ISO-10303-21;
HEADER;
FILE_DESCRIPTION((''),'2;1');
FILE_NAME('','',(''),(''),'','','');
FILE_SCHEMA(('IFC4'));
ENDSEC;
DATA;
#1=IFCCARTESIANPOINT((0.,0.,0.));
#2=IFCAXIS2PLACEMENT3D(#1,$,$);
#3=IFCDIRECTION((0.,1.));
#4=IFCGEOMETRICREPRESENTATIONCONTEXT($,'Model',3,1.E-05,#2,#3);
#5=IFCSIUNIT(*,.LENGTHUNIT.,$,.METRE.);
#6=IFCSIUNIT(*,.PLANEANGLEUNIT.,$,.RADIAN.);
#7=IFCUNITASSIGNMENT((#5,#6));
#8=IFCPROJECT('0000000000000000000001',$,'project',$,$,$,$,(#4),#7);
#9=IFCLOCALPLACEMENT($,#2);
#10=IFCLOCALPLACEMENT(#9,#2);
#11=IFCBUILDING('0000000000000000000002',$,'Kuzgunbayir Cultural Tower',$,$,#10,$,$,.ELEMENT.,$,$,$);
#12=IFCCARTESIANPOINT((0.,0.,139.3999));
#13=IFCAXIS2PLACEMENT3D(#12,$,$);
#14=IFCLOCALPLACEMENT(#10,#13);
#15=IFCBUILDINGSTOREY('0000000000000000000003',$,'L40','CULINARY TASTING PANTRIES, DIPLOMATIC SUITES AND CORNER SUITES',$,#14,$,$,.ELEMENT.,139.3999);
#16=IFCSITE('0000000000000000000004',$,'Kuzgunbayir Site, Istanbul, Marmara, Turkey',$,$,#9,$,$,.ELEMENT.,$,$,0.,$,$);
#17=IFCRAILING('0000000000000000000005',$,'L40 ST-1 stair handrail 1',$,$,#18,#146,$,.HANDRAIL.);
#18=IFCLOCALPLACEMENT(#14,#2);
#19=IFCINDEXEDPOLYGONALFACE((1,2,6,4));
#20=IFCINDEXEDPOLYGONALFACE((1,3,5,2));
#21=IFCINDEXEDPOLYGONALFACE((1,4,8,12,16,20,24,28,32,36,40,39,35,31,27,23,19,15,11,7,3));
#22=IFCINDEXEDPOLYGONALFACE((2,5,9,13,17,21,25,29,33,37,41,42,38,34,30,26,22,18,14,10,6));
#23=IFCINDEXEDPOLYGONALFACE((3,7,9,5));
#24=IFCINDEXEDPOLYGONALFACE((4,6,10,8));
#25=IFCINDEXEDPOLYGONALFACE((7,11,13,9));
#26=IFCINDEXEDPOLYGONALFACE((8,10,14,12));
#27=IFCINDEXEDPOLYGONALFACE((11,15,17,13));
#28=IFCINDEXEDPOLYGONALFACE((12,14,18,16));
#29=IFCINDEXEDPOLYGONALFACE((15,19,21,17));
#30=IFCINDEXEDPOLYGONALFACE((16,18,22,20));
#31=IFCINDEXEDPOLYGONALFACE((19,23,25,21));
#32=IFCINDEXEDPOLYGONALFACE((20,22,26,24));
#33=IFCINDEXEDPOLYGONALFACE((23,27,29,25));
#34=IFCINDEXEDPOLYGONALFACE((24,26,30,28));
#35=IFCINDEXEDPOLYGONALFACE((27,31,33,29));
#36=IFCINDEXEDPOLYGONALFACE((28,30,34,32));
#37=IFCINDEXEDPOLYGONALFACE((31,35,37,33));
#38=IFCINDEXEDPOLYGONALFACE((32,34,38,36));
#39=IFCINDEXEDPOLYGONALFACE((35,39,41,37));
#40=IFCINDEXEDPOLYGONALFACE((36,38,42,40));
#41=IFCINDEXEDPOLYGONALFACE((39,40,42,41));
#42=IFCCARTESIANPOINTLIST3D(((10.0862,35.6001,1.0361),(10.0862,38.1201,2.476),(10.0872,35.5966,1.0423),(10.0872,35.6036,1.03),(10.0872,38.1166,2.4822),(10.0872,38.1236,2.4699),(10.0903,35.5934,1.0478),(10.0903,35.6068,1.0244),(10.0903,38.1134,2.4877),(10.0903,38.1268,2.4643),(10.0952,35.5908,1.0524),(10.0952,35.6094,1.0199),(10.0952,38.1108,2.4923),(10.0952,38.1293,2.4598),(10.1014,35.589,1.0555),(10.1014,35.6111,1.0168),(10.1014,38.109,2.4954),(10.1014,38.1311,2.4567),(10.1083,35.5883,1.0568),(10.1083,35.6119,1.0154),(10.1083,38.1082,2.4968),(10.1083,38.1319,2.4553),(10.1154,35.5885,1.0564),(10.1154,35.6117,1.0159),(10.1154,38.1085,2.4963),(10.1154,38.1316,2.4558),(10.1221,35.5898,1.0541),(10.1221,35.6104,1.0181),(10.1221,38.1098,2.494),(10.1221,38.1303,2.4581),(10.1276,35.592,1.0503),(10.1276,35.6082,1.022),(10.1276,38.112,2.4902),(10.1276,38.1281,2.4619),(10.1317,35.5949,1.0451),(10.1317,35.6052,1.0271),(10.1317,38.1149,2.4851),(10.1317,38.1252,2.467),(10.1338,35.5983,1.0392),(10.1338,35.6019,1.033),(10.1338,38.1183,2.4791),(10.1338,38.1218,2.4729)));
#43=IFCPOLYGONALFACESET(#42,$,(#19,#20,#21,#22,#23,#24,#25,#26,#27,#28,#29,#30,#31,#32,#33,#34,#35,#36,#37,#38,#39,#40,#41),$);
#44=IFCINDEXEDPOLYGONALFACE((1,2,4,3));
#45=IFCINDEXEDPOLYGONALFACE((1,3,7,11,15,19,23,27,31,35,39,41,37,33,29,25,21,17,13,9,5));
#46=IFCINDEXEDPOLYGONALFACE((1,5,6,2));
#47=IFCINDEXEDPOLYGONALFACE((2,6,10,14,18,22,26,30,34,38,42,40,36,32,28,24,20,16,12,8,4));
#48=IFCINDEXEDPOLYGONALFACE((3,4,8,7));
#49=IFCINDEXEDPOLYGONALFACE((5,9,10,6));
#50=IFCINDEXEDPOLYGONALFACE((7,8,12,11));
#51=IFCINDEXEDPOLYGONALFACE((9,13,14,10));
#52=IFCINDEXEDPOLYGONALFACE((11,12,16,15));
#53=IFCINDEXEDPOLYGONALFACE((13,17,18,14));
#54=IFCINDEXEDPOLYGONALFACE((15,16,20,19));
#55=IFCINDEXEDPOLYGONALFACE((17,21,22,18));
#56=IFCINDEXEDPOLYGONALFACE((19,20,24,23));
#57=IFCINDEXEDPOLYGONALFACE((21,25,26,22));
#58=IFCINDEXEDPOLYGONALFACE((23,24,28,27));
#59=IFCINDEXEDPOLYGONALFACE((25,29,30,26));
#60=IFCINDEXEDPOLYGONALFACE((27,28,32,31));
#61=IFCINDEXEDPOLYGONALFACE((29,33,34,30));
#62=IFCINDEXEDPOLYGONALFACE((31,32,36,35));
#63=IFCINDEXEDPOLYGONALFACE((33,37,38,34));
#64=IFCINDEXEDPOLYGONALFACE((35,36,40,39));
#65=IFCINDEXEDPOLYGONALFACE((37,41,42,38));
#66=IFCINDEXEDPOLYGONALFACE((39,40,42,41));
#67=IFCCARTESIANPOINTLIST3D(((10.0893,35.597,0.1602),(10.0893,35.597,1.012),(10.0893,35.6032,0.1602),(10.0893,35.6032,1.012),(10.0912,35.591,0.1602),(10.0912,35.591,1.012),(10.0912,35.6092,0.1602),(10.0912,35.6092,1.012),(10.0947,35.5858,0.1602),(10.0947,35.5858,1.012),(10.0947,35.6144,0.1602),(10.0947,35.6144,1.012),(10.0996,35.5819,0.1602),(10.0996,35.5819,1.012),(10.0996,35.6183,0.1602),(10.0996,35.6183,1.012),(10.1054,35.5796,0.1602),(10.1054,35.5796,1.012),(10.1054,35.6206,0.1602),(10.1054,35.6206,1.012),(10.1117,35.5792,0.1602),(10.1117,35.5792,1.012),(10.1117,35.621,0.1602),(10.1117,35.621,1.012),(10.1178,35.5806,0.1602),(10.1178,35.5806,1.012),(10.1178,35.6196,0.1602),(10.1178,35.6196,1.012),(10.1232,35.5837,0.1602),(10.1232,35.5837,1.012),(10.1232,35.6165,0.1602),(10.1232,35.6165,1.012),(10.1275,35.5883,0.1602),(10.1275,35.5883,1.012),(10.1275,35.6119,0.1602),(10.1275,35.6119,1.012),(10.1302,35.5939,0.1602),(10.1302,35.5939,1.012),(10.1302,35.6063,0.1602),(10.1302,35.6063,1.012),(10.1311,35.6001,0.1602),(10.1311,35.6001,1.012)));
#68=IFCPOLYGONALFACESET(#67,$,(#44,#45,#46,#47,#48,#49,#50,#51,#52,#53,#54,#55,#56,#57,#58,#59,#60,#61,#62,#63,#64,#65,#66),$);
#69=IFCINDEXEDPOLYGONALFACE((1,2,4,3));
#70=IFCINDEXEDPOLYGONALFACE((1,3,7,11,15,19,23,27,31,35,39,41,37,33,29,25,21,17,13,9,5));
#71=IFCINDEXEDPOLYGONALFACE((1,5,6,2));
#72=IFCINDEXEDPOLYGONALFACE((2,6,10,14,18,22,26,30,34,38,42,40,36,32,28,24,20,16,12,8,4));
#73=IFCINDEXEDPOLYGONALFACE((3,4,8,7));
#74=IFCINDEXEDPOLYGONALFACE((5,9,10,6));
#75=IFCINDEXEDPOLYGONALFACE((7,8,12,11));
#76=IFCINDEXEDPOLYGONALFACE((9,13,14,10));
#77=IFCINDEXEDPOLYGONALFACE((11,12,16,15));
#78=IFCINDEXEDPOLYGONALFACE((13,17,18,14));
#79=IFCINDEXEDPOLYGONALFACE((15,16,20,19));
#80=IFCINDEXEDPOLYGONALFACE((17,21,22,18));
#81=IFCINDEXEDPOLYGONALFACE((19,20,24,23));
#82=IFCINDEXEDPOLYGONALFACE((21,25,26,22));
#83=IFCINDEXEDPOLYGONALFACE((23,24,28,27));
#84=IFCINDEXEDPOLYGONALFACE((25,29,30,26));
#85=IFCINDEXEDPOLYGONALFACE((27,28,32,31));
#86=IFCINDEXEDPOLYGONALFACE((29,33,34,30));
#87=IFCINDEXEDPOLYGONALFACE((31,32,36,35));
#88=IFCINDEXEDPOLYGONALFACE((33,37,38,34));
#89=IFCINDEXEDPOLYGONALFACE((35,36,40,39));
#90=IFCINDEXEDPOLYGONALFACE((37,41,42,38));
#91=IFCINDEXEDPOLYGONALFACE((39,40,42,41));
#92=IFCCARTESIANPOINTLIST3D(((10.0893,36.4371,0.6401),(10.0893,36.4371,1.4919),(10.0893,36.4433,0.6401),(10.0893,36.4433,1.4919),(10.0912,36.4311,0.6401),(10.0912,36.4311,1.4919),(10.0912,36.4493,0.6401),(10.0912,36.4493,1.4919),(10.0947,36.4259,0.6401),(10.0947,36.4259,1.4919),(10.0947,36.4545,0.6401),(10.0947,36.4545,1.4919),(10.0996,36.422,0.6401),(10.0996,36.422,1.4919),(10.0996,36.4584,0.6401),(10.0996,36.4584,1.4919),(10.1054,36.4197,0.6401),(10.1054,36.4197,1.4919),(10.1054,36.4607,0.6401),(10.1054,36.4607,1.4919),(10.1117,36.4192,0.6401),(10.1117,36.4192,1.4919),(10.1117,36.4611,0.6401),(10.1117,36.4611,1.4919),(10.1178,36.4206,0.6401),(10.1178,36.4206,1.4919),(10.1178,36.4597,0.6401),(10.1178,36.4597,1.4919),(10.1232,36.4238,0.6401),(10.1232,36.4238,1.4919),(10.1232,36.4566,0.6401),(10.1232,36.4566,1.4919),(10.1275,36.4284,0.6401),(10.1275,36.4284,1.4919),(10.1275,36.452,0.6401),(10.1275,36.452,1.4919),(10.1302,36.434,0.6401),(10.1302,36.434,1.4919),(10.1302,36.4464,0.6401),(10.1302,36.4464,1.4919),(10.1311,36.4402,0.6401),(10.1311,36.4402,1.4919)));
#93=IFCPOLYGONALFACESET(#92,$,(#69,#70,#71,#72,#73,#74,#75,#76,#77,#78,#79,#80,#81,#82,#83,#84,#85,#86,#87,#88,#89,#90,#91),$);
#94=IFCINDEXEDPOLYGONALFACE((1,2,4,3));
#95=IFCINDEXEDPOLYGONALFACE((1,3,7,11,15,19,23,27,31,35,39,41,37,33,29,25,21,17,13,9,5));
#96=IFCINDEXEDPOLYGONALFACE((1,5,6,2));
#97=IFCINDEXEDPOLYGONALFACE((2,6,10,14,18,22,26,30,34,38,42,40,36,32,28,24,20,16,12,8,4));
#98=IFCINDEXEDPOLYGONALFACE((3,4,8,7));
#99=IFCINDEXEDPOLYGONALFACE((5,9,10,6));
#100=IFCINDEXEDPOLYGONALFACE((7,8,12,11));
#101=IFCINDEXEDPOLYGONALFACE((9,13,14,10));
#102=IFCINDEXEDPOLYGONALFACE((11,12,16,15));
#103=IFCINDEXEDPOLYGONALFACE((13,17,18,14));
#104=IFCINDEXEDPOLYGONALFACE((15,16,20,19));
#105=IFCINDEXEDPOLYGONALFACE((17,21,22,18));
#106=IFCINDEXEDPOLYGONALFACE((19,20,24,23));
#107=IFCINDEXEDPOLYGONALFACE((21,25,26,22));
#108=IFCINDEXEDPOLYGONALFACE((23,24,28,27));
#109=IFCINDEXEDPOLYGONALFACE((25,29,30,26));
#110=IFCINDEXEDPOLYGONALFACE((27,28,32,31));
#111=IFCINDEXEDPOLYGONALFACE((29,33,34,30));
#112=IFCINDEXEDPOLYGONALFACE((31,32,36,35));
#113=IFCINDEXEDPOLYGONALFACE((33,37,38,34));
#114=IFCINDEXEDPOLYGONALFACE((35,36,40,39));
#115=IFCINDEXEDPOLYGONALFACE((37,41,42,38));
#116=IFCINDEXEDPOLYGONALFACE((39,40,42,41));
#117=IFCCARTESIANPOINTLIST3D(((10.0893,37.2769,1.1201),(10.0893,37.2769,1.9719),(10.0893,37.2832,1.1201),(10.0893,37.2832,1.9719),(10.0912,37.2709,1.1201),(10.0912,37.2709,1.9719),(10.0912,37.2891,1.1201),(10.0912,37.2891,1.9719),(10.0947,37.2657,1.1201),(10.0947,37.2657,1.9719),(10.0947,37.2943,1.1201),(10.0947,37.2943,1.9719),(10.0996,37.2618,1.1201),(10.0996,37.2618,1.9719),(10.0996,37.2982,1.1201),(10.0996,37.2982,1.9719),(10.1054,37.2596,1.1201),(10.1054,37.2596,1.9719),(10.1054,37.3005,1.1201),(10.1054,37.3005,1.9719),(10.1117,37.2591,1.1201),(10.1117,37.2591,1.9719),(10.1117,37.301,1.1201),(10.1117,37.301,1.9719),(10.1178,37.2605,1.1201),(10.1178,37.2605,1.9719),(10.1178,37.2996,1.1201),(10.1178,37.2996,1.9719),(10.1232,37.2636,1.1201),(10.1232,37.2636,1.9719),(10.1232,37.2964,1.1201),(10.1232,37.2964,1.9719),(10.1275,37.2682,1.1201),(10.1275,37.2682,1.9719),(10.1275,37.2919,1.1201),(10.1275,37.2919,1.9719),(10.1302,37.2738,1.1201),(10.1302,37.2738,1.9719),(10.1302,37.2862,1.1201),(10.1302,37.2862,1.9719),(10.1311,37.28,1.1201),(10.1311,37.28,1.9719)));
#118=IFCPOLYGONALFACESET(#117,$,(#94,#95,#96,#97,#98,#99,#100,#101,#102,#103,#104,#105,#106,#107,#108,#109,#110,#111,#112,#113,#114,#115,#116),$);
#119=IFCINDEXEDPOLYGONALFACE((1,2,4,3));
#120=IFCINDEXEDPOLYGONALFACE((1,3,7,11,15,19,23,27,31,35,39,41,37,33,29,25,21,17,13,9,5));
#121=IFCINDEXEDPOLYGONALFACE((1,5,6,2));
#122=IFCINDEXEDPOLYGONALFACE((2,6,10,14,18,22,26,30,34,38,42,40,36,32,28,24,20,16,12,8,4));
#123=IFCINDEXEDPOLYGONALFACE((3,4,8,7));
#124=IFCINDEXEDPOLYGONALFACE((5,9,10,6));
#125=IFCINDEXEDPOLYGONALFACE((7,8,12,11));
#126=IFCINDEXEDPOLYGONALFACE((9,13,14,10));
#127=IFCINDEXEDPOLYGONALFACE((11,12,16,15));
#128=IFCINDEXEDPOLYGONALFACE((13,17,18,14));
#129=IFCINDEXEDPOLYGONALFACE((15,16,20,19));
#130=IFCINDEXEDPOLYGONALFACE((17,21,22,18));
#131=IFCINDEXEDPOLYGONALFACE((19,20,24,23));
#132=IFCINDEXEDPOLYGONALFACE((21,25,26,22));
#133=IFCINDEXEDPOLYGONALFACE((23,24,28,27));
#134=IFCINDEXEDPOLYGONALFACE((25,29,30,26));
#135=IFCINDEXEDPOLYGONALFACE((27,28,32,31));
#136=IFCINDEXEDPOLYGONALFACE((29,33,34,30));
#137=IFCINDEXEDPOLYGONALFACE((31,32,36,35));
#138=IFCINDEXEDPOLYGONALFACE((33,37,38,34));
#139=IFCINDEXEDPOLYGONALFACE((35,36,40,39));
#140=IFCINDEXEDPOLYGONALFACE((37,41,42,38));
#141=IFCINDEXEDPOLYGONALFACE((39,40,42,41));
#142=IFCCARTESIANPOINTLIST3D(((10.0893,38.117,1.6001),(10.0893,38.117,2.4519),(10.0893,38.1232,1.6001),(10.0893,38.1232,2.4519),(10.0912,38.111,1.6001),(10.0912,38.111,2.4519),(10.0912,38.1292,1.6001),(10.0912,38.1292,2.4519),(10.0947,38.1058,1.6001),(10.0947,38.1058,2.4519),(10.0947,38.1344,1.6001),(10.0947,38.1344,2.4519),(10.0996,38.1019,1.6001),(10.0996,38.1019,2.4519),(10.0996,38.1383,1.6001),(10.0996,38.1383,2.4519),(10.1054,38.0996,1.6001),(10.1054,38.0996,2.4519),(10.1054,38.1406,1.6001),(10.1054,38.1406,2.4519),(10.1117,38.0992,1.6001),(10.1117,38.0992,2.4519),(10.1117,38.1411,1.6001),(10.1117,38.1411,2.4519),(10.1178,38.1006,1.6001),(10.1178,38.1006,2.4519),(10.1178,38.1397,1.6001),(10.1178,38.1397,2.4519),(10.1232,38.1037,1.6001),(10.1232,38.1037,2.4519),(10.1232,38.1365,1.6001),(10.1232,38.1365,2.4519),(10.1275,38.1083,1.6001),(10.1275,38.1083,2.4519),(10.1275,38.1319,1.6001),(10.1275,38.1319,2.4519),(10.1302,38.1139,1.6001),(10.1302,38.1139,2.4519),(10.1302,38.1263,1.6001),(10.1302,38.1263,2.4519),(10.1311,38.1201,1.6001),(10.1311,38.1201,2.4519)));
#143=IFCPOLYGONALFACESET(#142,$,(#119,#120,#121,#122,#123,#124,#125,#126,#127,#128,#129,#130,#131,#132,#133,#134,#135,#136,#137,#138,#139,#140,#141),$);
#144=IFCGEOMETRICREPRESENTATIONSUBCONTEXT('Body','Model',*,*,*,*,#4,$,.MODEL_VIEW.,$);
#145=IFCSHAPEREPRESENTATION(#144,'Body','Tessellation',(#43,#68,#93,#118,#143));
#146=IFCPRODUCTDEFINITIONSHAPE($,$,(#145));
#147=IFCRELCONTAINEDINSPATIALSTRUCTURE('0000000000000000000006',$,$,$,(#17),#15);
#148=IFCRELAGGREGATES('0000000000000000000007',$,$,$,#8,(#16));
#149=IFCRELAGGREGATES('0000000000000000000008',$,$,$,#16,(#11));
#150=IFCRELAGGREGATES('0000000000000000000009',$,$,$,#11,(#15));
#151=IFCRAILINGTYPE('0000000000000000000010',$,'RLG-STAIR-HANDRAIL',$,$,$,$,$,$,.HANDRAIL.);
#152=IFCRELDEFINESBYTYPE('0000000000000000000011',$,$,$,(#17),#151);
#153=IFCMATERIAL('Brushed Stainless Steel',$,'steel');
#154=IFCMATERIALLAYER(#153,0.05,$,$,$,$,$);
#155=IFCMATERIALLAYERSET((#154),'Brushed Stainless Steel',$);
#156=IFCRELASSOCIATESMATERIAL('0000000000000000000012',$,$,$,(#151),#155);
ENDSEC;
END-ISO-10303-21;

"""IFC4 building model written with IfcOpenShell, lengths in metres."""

from ifc_helpers import new_model, si_unit, direction, frame, origin, origin_2d, place, context, subcontext, project, spatial, circle, extrude, material, layer, layer_set, type_object, element, save


model = new_model("IFC4")

# Units and contexts
model_context = context("Model", 3, precision=1e-05, world=origin(), true_north=direction((0.0, 1.0)))
body_context = subcontext(model_context, "Body", "Model", "MODEL_VIEW")
ifc_project = project(units=[si_unit("LENGTHUNIT", "METRE"), si_unit("PLANEANGLEUNIT", "RADIAN")], contexts=[model_context])

# Site, building, storey
site_placement = place(None, origin())
site = spatial("IfcSite", under=ifc_project, at=site_placement, Name="Kuzgunbayir Site, Istanbul, Marmara, Turkey", CompositionType="ELEMENT", RefElevation=0.0)
building_placement = place(site_placement, origin())
building = spatial("IfcBuilding", under=site, at=building_placement, Name="Kuzgunbayir Cultural Tower", CompositionType="ELEMENT")
storey_placement = place(building_placement, frame((0.0, 0.0, 139.3999)))
storey = spatial("IfcBuildingStorey", under=building, at=storey_placement, Name="L40", Description="CULINARY TASTING PANTRIES, DIPLOMATIC SUITES AND CORNER SUITES", CompositionType="ELEMENT", Elevation=139.3999)

# Shared definitions
ifc_material_1 = material(Name="Brushed Stainless Steel", Category="steel")

# Railing
ifc_layer_1 = layer(ifc_material_1, 0.05)
ifc_layer_set_1 = layer_set([ifc_layer_1], Name="Brushed Stainless Steel")
railing_type_1 = type_object("IfcRailingType", Name="RLG-STAIR-HANDRAIL", PredefinedType="HANDRAIL", material=ifc_layer_set_1)
railing_1_placement = place(storey_placement, frame((10.1101, 35.6001, 0.1602)))
element("IfcRailing", 1, at=railing_1_placement, inside=storey, type_object=railing_type_1, Name="L40 ST-1 stair handrail 1", PredefinedType="HANDRAIL", context=body_context, shape_type="SweptSolid", body=[
    extrude(circle(Radius=0.0239, at=origin_2d()), frame((0.0, 0.0, 0.876), z_axis=(0.0, 0.868253, 0.496121), x_axis=(-1.0, 0.0, 0.0)), (0.0, 0.0, 1.0), 2.9023),
    extrude(circle(Radius=0.021, at=origin_2d()), origin(), (0.0, 0.0, 1.0), 0.8518),
    extrude(circle(Radius=0.021, at=origin_2d()), frame((0.0, 0.8401, 0.48)), (0.0, 0.0, 1.0), 0.8518),
    extrude(circle(Radius=0.021, at=origin_2d()), frame((0.0, 1.6799, 0.96)), (0.0, 0.0, 1.0), 0.8518),
    extrude(circle(Radius=0.021, at=origin_2d()), frame((0.0, 2.52, 1.4399)), (0.0, 0.0, 1.0), 0.8518),
])

save(model, "model.ifc")
